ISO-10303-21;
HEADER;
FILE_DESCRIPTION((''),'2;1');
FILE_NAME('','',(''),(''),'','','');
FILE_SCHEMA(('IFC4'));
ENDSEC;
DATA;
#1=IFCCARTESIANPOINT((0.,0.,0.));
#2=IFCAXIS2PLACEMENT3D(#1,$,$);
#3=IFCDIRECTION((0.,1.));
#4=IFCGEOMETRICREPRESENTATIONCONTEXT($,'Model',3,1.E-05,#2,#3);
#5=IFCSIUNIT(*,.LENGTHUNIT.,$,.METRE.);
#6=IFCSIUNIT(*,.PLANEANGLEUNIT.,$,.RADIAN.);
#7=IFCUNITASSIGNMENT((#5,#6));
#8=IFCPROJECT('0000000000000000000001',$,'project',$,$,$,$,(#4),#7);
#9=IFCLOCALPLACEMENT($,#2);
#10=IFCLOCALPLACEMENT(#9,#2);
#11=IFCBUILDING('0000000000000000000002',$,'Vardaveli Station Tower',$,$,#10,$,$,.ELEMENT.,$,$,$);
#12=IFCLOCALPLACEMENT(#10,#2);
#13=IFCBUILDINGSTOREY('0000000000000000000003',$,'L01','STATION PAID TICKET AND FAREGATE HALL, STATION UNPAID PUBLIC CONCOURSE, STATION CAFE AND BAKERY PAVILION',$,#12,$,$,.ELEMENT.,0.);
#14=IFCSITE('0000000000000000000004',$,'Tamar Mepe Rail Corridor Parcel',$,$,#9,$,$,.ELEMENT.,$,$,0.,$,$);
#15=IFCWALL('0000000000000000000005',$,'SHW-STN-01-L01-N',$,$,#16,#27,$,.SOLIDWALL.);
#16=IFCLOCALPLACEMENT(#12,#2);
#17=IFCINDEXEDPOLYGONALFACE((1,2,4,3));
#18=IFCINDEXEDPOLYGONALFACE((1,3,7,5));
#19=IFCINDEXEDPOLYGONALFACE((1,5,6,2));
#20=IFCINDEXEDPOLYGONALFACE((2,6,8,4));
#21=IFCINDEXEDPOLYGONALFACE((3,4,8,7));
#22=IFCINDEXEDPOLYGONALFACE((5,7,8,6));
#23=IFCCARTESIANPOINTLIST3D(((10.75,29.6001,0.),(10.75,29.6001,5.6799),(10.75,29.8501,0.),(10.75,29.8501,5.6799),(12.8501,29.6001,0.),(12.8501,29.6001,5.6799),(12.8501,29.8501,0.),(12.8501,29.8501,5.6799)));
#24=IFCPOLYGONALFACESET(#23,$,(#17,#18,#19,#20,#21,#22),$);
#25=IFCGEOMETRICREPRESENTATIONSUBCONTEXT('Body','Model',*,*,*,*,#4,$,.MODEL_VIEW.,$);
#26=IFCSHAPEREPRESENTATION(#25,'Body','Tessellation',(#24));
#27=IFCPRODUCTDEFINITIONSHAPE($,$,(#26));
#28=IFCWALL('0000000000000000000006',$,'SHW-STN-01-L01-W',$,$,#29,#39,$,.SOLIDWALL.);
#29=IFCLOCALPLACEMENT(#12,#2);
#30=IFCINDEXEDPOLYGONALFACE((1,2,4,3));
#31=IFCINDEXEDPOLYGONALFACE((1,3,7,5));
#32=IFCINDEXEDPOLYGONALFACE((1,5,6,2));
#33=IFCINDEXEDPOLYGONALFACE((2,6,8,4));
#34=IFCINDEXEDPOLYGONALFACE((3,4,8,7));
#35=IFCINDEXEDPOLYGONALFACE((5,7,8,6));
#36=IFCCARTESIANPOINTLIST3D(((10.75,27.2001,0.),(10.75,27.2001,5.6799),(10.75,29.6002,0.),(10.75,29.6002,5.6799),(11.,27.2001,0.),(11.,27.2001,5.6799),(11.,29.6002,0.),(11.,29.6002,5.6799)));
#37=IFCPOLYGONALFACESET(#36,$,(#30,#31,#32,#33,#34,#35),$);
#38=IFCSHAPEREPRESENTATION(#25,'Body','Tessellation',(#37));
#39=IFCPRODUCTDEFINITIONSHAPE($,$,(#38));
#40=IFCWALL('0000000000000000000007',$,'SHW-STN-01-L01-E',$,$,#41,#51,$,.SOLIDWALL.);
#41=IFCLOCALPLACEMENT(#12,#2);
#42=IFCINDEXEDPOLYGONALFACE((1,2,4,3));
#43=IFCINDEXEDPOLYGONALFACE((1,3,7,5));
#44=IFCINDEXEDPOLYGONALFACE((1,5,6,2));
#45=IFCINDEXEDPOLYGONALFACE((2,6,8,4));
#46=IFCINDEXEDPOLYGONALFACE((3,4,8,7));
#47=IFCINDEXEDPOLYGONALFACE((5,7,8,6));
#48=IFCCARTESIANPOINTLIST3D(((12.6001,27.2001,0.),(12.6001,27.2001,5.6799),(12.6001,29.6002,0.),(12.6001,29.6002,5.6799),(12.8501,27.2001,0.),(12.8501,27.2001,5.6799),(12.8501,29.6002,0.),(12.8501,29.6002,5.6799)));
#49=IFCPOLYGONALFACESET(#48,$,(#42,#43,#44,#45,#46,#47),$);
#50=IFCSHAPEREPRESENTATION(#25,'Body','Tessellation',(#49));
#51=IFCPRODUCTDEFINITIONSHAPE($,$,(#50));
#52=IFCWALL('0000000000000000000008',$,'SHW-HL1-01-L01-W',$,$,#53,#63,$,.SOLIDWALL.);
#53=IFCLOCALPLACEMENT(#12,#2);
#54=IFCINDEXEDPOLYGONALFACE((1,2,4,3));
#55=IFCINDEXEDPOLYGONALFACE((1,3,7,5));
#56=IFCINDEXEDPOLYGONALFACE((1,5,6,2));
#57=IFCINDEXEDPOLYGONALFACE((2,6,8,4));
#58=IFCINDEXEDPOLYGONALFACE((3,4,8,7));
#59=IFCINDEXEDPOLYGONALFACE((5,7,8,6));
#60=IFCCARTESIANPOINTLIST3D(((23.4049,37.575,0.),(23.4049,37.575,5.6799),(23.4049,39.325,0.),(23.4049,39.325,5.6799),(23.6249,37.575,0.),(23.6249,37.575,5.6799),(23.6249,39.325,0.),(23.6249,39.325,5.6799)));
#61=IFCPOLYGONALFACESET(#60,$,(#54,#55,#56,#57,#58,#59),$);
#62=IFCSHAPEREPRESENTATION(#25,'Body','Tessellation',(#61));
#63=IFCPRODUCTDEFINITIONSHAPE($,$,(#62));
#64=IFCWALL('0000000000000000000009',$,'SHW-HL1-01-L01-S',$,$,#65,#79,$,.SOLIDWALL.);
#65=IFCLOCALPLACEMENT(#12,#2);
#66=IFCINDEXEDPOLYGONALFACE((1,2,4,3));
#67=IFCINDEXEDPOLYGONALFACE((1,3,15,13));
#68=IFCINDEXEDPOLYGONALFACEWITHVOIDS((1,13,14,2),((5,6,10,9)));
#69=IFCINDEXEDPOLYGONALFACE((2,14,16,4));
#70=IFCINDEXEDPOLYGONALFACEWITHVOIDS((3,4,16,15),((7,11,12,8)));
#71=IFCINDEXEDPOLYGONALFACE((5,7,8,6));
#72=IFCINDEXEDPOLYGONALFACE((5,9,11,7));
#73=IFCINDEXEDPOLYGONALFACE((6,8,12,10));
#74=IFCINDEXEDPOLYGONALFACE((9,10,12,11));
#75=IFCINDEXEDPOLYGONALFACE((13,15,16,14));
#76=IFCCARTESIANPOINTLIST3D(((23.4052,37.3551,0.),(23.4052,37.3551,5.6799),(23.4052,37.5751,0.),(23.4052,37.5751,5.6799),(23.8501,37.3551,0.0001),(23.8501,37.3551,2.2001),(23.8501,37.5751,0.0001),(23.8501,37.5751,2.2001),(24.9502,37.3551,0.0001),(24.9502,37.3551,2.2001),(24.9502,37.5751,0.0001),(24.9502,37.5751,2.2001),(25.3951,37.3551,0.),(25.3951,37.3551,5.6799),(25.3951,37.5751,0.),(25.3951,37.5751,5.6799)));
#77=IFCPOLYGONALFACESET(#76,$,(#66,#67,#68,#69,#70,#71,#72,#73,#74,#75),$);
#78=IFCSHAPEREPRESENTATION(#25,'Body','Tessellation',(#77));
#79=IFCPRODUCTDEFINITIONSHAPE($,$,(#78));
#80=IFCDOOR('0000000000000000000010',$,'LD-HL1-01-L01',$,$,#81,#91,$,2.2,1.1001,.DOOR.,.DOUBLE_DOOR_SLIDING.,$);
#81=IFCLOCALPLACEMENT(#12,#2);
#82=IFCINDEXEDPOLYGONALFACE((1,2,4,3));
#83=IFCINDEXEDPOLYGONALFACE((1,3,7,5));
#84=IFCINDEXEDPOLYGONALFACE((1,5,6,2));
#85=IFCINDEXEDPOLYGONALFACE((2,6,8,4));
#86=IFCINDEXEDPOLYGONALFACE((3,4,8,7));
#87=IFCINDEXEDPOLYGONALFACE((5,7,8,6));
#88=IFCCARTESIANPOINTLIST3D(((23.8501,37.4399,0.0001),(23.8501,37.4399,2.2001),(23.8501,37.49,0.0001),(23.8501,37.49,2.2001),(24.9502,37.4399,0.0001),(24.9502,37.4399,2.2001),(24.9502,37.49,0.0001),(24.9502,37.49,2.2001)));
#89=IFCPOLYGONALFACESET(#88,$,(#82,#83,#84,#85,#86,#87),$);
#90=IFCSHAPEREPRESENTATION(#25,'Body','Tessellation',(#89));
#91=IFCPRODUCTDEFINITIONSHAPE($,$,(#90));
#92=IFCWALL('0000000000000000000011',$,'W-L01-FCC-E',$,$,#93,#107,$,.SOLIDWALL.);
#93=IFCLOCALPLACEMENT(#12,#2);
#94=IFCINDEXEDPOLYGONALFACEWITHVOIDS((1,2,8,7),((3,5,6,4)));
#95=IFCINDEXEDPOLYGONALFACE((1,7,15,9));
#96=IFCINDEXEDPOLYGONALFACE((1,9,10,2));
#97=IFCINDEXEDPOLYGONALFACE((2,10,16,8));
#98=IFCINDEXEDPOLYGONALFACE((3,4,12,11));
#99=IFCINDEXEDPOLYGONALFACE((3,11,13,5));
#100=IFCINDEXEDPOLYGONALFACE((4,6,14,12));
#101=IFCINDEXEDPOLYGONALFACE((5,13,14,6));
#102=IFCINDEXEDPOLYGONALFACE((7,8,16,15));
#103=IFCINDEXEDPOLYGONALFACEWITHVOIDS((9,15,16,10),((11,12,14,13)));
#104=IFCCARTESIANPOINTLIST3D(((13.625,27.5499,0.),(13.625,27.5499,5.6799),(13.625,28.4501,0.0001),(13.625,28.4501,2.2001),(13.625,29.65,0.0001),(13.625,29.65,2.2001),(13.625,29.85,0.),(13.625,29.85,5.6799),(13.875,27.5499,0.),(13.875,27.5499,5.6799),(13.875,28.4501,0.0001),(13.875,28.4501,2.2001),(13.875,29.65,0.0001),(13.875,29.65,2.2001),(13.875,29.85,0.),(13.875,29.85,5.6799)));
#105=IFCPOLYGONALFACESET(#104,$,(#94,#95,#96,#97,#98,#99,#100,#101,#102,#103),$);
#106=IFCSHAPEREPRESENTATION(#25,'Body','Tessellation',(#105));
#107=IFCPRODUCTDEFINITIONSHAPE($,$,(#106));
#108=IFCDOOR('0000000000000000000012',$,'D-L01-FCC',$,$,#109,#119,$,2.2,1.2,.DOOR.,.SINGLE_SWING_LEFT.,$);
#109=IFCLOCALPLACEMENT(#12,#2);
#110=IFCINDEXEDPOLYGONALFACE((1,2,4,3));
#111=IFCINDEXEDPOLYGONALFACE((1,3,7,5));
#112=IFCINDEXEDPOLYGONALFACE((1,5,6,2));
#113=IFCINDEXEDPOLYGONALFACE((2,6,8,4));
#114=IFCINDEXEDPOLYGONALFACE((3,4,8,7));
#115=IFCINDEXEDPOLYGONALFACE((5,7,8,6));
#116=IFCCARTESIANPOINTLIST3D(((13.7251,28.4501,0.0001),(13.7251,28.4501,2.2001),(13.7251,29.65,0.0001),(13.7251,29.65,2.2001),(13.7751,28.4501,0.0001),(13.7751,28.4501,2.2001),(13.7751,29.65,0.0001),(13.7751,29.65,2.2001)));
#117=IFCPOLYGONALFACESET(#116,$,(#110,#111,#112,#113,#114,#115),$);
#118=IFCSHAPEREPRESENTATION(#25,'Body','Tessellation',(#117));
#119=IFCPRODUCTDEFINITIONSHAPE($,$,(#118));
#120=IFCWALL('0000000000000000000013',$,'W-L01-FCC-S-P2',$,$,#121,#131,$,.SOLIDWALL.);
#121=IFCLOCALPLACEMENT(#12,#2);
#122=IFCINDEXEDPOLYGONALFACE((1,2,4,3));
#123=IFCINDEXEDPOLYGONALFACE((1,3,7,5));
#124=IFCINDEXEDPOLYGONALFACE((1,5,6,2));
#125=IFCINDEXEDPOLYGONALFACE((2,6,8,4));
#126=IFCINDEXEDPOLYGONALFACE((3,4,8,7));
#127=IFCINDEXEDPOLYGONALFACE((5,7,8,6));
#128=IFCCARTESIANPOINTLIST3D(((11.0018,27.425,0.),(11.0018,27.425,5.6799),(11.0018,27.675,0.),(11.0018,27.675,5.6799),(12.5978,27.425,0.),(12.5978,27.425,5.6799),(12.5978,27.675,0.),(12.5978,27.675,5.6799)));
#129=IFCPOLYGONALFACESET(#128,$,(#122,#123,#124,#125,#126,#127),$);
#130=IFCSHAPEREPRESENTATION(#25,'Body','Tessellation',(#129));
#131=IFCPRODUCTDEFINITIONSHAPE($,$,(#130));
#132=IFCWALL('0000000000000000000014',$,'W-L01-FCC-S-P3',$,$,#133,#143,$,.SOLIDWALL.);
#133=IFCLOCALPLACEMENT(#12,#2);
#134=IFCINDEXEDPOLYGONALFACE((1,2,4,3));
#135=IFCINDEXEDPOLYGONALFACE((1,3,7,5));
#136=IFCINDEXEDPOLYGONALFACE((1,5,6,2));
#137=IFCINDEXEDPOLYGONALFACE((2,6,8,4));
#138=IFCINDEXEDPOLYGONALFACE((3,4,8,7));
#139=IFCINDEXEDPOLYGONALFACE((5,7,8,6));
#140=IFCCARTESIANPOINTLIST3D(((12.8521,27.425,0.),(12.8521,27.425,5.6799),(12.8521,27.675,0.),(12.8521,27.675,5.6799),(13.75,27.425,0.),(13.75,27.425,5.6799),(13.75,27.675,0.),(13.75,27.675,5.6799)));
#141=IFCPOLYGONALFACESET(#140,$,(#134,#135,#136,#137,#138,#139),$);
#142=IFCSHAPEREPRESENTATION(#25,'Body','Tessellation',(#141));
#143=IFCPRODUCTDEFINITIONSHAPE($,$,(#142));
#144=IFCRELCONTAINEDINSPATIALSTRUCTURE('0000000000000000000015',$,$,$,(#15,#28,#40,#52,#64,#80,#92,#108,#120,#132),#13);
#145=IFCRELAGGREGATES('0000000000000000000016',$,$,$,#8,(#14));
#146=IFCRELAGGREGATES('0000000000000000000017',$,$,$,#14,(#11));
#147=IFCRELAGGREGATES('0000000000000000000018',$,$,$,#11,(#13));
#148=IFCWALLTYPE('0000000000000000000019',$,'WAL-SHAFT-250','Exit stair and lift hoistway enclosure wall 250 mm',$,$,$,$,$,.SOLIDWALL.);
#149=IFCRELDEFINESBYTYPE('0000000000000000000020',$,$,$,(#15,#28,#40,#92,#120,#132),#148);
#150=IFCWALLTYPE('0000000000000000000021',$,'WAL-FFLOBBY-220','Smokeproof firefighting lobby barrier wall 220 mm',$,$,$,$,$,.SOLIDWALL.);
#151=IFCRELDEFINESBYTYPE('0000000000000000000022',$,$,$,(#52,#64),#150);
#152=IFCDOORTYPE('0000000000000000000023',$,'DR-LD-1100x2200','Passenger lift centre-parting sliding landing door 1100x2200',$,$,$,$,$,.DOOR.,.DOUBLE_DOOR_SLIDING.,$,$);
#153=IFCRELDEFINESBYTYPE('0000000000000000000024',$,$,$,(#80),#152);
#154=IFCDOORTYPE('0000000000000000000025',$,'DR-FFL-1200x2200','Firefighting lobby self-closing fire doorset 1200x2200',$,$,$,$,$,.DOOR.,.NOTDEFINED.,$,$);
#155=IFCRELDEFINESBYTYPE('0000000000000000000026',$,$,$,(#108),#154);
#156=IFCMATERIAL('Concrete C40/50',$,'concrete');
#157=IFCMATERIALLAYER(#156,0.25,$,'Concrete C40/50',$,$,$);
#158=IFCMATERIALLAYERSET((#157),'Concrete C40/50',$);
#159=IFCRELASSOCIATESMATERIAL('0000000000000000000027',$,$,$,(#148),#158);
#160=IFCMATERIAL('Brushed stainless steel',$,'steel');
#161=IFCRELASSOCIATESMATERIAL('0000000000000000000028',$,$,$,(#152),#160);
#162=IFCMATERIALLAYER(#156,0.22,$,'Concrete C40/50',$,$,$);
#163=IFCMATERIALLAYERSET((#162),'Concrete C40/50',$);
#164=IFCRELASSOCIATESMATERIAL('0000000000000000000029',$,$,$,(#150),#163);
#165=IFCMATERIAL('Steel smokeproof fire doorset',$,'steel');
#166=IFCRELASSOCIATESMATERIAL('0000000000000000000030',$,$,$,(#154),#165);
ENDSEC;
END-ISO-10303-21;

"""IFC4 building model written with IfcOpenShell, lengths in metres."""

from ifc_helpers import new_model, si_unit, direction, frame, frame_2d, origin, place, context, subcontext, project, spatial, rectangle, extrude, source, transform, mapped, material, layer, layer_set, type_object, element, fill, save


model = new_model("IFC4")

# Units and contexts
model_context = context("Model", 3, precision=1e-05, world=origin(), true_north=direction((0.0, 1.0)))
body_context = subcontext(model_context, "Body", "Model", "MODEL_VIEW")
ifc_project = project(units=[si_unit("LENGTHUNIT", "METRE"), si_unit("PLANEANGLEUNIT", "RADIAN")], contexts=[model_context])

# Site, building, storey
site_placement = place(None, origin())
site = spatial("IfcSite", under=ifc_project, at=site_placement, Name="Tamar Mepe Rail Corridor Parcel", CompositionType="ELEMENT", RefElevation=0.0)
building_placement = place(site_placement, origin())
building = spatial("IfcBuilding", under=site, at=building_placement, Name="Vardaveli Station Tower", CompositionType="ELEMENT")
storey_placement = place(building_placement, origin())
storey = spatial("IfcBuildingStorey", under=building, at=storey_placement, Name="L01", Description="STATION PAID TICKET AND FAREGATE HALL, STATION UNPAID PUBLIC CONCOURSE, STATION CAFE AND BAKERY PAVILION", CompositionType="ELEMENT", Elevation=0.0)

# Shared definitions
ifc_material_1 = material(Name="Concrete C40/50", Category="concrete")
ifc_layer_1 = layer(ifc_material_1, 0.25, Name="Concrete C40/50")
ifc_layer_set_1 = layer_set([ifc_layer_1], Name="Concrete C40/50")
wall_type_1 = type_object("IfcWallType", Name="WAL-SHAFT-250", Description="Exit stair and lift hoistway enclosure wall 250 mm", PredefinedType="SOLIDWALL", material=ifc_layer_set_1)

# Shared definitions
shared_shape_1 = source(origin(), body_context, "Body", "SweptSolid", [
    extrude(rectangle(XDim=2.1001, YDim=0.25, at=frame_2d((1.05, 0.0))), origin(), (0.0, 0.0, 1.0), 5.6799),
])
ifc_material_2 = material(Name="Brushed stainless steel", Category="steel")
door_type_1 = type_object("IfcDoorType", Name="DR-LD-1100x2200", Description="Passenger lift centre-parting sliding landing door 1100x2200", OperationType="DOUBLE_DOOR_SLIDING", PredefinedType="DOOR", material=ifc_material_2)
shared_shape_2 = source(origin(), body_context, "Body", "SweptSolid", [
    extrude(rectangle(XDim=1.1001, YDim=2.2, at=frame_2d((0.55, 1.1001))), frame((0.0, 0.0249, 0.0), z_axis=(0.0, -1.0, 0.0), x_axis=(1.0, 0.0, 0.0)), (0.0, 0.0, 1.0), 0.05),
])

# Walls
wall_1_placement = place(storey_placement, frame((10.75, 29.7251, 0.0), z_axis=(0.0, 0.0, 1.0), x_axis=(1.0, 0.0, 0.0)))
element("IfcWall", 1, at=wall_1_placement, inside=storey, type_object=wall_type_1, Name="SHW-STN-01-L01-N", PredefinedType="SOLIDWALL", context=body_context, shape_type="MappedRepresentation", body=[
    mapped(shared_shape_1, transform((0.0, 0.0, 0.0), scale=1.0)),
])
shared_shape_3 = source(origin(), body_context, "Body", "SweptSolid", [
    extrude(rectangle(XDim=2.4001, YDim=0.25, at=frame_2d((1.2002, 0.0))), origin(), (0.0, 0.0, 1.0), 5.6799),
])
for number, where, z_axis, x_axis, name in (
    (2, (10.875, 27.2, 0.0), (0.0, 0.0, 1.0), (0.0, 1.0, 0.0), "SHW-STN-01-L01-W"),
    (3, (12.7251, 27.2, 0.0), (0.0, 0.0, 1.0), (0.0, 1.0, 0.0), "SHW-STN-01-L01-E"),
):
    element("IfcWall", number, at=place(storey_placement, frame(where, z_axis=z_axis, x_axis=x_axis)), inside=storey, type_object=wall_type_1, Name=name, PredefinedType="SOLIDWALL", context=body_context, shape_type="MappedRepresentation", body=[
        mapped(shared_shape_3, transform((0.0, 0.0, 0.0), scale=1.0)),
    ])
ifc_layer_2 = layer(ifc_material_1, 0.22, Name="Concrete C40/50")
ifc_layer_set_2 = layer_set([ifc_layer_2], Name="Concrete C40/50")
wall_type_2 = type_object("IfcWallType", Name="WAL-FFLOBBY-220", Description="Smokeproof firefighting lobby barrier wall 220 mm", PredefinedType="SOLIDWALL", material=ifc_layer_set_2)
shared_shape_4 = source(origin(), body_context, "Body", "SweptSolid", [
    extrude(rectangle(XDim=1.75, YDim=0.22, at=frame_2d((0.875, 0.0))), origin(), (0.0, 0.0, 1.0), 5.6799),
])
wall_2_placement = place(storey_placement, frame((23.5149, 37.575, 0.0), z_axis=(0.0, 0.0, 1.0), x_axis=(0.0, 1.0, 0.0)))
element("IfcWall", 4, at=wall_2_placement, inside=storey, type_object=wall_type_2, Name="SHW-HL1-01-L01-W", PredefinedType="SOLIDWALL", context=body_context, shape_type="MappedRepresentation", body=[
    mapped(shared_shape_4, transform((0.0, 0.0, 0.0), scale=1.0)),
])

# Walls, openings, doors
shared_shape_5 = source(origin(), body_context, "Body", "SweptSolid", [
    extrude(rectangle(XDim=1.99, YDim=0.22, at=frame_2d((0.9951, 0.0))), origin(), (0.0, 0.0, 1.0), 5.6799),
])
wall_3_placement = place(storey_placement, frame((23.405, 37.4651, 0.0), z_axis=(0.0, 0.0, 1.0), x_axis=(1.0, 0.0, 0.0)))
wall_3 = element("IfcWall", 5, at=wall_3_placement, inside=storey, type_object=wall_type_2, Name="SHW-HL1-01-L01-S", PredefinedType="SOLIDWALL", context=body_context, shape_type="MappedRepresentation", body=[
    mapped(shared_shape_5, transform((0.0, 0.0, 0.0), scale=1.0)),
])
shared_shape_6 = source(origin(), body_context, "Body", "SweptSolid", [
    extrude(rectangle(XDim=1.1001, YDim=2.2, at=frame_2d((0.55, 1.1001))), frame((0.0, 0.1201, 0.0), z_axis=(0.0, -1.0, 0.0), x_axis=(1.0, 0.0, 0.0)), (0.0, 0.0, 1.0), 0.24),
])
opening_1_placement = place(wall_3_placement, frame((0.4451, 0.0, 0.0)))
opening_1 = element("IfcOpeningElement", 6, at=opening_1_placement, cuts=wall_3, PredefinedType="OPENING", context=body_context, shape_type="MappedRepresentation", body=[
    mapped(shared_shape_6, transform((0.0, 0.0, 0.0), scale=1.0)),
])
door_1_placement = place(opening_1_placement, origin())
door_1 = element("IfcDoor", 7, at=door_1_placement, inside=storey, type_object=door_type_1, Name="LD-HL1-01-L01", OperationType="DOUBLE_DOOR_SLIDING", OverallHeight=2.2, OverallWidth=1.1001, PredefinedType="DOOR", context=body_context, shape_type="MappedRepresentation", body=[
    mapped(shared_shape_2, transform((0.0, 0.0, 0.0), scale=1.0)),
])
fill(opening_1, door_1)
shared_shape_7 = source(origin(), body_context, "Body", "SweptSolid", [
    extrude(rectangle(XDim=2.3, YDim=0.25, at=frame_2d((1.1499, 0.0))), origin(), (0.0, 0.0, 1.0), 5.6799),
])
wall_4_placement = place(storey_placement, frame((13.75, 27.55, 0.0), z_axis=(0.0, 0.0, 1.0), x_axis=(0.0, 1.0, 0.0)))
wall_4 = element("IfcWall", 8, at=wall_4_placement, inside=storey, type_object=wall_type_1, Name="W-L01-FCC-E", PredefinedType="SOLIDWALL", context=body_context, shape_type="MappedRepresentation", body=[
    mapped(shared_shape_7, transform((0.0, 0.0, 0.0), scale=1.0)),
])
shared_shape_8 = source(origin(), body_context, "Body", "SweptSolid", [
    extrude(rectangle(XDim=1.2, YDim=2.2, at=frame_2d((0.6001, 1.1001))), frame((0.0, 0.135, 0.0), z_axis=(0.0, -1.0, 0.0), x_axis=(1.0, 0.0, 0.0)), (0.0, 0.0, 1.0), 0.27),
])
opening_2_placement = place(wall_4_placement, frame((0.8999, 0.0, 0.0)))
opening_2 = element("IfcOpeningElement", 9, at=opening_2_placement, cuts=wall_4, PredefinedType="OPENING", context=body_context, shape_type="MappedRepresentation", body=[
    mapped(shared_shape_8, transform((0.0, 0.0, 0.0), scale=1.0)),
])
ifc_material_3 = material(Name="Steel smokeproof fire doorset", Category="steel")
door_type_2 = type_object("IfcDoorType", Name="DR-FFL-1200x2200", Description="Firefighting lobby self-closing fire doorset 1200x2200", OperationType="NOTDEFINED", PredefinedType="DOOR", material=ifc_material_3)
shared_shape_9 = source(origin(), body_context, "Body", "SweptSolid", [
    extrude(rectangle(XDim=1.2, YDim=2.2, at=frame_2d((0.6001, 1.1001))), frame((0.0, 0.0249, 0.0), z_axis=(0.0, -1.0, 0.0), x_axis=(1.0, 0.0, 0.0)), (0.0, 0.0, 1.0), 0.05),
])
door_2_placement = place(opening_2_placement, origin())
door_2 = element("IfcDoor", 10, at=door_2_placement, inside=storey, type_object=door_type_2, Name="D-L01-FCC", OperationType="SINGLE_SWING_LEFT", OverallHeight=2.2, OverallWidth=1.2, PredefinedType="DOOR", context=body_context, shape_type="MappedRepresentation", body=[
    mapped(shared_shape_9, transform((0.0, 0.0, 0.0), scale=1.0)),
])
fill(opening_2, door_2)

# Walls
shared_shape_10 = source(origin(), body_context, "Body", "SweptSolid", [
    extrude(rectangle(XDim=1.5959, YDim=0.25, at=frame_2d((0.7979, 0.0))), origin(), (0.0, 0.0, 1.0), 5.6799),
])
wall_5_placement = place(storey_placement, frame((11.002, 27.55, 0.0), z_axis=(0.0, 0.0, 1.0), x_axis=(1.0, 0.0, 0.0)))
element("IfcWall", 11, at=wall_5_placement, inside=storey, type_object=wall_type_1, Name="W-L01-FCC-S-P2", PredefinedType="SOLIDWALL", context=body_context, shape_type="MappedRepresentation", body=[
    mapped(shared_shape_10, transform((0.0, 0.0, 0.0), scale=1.0)),
])
shared_shape_11 = source(origin(), body_context, "Body", "SweptSolid", [
    extrude(rectangle(XDim=0.8979, YDim=0.25, at=frame_2d((0.449, 0.0))), origin(), (0.0, 0.0, 1.0), 5.6799),
])
wall_6_placement = place(storey_placement, frame((12.8521, 27.55, 0.0), z_axis=(0.0, 0.0, 1.0), x_axis=(1.0, 0.0, 0.0)))
element("IfcWall", 12, at=wall_6_placement, inside=storey, type_object=wall_type_1, Name="W-L01-FCC-S-P3", PredefinedType="SOLIDWALL", context=body_context, shape_type="MappedRepresentation", body=[
    mapped(shared_shape_11, transform((0.0, 0.0, 0.0), scale=1.0)),
])

save(model, "model.ifc")
